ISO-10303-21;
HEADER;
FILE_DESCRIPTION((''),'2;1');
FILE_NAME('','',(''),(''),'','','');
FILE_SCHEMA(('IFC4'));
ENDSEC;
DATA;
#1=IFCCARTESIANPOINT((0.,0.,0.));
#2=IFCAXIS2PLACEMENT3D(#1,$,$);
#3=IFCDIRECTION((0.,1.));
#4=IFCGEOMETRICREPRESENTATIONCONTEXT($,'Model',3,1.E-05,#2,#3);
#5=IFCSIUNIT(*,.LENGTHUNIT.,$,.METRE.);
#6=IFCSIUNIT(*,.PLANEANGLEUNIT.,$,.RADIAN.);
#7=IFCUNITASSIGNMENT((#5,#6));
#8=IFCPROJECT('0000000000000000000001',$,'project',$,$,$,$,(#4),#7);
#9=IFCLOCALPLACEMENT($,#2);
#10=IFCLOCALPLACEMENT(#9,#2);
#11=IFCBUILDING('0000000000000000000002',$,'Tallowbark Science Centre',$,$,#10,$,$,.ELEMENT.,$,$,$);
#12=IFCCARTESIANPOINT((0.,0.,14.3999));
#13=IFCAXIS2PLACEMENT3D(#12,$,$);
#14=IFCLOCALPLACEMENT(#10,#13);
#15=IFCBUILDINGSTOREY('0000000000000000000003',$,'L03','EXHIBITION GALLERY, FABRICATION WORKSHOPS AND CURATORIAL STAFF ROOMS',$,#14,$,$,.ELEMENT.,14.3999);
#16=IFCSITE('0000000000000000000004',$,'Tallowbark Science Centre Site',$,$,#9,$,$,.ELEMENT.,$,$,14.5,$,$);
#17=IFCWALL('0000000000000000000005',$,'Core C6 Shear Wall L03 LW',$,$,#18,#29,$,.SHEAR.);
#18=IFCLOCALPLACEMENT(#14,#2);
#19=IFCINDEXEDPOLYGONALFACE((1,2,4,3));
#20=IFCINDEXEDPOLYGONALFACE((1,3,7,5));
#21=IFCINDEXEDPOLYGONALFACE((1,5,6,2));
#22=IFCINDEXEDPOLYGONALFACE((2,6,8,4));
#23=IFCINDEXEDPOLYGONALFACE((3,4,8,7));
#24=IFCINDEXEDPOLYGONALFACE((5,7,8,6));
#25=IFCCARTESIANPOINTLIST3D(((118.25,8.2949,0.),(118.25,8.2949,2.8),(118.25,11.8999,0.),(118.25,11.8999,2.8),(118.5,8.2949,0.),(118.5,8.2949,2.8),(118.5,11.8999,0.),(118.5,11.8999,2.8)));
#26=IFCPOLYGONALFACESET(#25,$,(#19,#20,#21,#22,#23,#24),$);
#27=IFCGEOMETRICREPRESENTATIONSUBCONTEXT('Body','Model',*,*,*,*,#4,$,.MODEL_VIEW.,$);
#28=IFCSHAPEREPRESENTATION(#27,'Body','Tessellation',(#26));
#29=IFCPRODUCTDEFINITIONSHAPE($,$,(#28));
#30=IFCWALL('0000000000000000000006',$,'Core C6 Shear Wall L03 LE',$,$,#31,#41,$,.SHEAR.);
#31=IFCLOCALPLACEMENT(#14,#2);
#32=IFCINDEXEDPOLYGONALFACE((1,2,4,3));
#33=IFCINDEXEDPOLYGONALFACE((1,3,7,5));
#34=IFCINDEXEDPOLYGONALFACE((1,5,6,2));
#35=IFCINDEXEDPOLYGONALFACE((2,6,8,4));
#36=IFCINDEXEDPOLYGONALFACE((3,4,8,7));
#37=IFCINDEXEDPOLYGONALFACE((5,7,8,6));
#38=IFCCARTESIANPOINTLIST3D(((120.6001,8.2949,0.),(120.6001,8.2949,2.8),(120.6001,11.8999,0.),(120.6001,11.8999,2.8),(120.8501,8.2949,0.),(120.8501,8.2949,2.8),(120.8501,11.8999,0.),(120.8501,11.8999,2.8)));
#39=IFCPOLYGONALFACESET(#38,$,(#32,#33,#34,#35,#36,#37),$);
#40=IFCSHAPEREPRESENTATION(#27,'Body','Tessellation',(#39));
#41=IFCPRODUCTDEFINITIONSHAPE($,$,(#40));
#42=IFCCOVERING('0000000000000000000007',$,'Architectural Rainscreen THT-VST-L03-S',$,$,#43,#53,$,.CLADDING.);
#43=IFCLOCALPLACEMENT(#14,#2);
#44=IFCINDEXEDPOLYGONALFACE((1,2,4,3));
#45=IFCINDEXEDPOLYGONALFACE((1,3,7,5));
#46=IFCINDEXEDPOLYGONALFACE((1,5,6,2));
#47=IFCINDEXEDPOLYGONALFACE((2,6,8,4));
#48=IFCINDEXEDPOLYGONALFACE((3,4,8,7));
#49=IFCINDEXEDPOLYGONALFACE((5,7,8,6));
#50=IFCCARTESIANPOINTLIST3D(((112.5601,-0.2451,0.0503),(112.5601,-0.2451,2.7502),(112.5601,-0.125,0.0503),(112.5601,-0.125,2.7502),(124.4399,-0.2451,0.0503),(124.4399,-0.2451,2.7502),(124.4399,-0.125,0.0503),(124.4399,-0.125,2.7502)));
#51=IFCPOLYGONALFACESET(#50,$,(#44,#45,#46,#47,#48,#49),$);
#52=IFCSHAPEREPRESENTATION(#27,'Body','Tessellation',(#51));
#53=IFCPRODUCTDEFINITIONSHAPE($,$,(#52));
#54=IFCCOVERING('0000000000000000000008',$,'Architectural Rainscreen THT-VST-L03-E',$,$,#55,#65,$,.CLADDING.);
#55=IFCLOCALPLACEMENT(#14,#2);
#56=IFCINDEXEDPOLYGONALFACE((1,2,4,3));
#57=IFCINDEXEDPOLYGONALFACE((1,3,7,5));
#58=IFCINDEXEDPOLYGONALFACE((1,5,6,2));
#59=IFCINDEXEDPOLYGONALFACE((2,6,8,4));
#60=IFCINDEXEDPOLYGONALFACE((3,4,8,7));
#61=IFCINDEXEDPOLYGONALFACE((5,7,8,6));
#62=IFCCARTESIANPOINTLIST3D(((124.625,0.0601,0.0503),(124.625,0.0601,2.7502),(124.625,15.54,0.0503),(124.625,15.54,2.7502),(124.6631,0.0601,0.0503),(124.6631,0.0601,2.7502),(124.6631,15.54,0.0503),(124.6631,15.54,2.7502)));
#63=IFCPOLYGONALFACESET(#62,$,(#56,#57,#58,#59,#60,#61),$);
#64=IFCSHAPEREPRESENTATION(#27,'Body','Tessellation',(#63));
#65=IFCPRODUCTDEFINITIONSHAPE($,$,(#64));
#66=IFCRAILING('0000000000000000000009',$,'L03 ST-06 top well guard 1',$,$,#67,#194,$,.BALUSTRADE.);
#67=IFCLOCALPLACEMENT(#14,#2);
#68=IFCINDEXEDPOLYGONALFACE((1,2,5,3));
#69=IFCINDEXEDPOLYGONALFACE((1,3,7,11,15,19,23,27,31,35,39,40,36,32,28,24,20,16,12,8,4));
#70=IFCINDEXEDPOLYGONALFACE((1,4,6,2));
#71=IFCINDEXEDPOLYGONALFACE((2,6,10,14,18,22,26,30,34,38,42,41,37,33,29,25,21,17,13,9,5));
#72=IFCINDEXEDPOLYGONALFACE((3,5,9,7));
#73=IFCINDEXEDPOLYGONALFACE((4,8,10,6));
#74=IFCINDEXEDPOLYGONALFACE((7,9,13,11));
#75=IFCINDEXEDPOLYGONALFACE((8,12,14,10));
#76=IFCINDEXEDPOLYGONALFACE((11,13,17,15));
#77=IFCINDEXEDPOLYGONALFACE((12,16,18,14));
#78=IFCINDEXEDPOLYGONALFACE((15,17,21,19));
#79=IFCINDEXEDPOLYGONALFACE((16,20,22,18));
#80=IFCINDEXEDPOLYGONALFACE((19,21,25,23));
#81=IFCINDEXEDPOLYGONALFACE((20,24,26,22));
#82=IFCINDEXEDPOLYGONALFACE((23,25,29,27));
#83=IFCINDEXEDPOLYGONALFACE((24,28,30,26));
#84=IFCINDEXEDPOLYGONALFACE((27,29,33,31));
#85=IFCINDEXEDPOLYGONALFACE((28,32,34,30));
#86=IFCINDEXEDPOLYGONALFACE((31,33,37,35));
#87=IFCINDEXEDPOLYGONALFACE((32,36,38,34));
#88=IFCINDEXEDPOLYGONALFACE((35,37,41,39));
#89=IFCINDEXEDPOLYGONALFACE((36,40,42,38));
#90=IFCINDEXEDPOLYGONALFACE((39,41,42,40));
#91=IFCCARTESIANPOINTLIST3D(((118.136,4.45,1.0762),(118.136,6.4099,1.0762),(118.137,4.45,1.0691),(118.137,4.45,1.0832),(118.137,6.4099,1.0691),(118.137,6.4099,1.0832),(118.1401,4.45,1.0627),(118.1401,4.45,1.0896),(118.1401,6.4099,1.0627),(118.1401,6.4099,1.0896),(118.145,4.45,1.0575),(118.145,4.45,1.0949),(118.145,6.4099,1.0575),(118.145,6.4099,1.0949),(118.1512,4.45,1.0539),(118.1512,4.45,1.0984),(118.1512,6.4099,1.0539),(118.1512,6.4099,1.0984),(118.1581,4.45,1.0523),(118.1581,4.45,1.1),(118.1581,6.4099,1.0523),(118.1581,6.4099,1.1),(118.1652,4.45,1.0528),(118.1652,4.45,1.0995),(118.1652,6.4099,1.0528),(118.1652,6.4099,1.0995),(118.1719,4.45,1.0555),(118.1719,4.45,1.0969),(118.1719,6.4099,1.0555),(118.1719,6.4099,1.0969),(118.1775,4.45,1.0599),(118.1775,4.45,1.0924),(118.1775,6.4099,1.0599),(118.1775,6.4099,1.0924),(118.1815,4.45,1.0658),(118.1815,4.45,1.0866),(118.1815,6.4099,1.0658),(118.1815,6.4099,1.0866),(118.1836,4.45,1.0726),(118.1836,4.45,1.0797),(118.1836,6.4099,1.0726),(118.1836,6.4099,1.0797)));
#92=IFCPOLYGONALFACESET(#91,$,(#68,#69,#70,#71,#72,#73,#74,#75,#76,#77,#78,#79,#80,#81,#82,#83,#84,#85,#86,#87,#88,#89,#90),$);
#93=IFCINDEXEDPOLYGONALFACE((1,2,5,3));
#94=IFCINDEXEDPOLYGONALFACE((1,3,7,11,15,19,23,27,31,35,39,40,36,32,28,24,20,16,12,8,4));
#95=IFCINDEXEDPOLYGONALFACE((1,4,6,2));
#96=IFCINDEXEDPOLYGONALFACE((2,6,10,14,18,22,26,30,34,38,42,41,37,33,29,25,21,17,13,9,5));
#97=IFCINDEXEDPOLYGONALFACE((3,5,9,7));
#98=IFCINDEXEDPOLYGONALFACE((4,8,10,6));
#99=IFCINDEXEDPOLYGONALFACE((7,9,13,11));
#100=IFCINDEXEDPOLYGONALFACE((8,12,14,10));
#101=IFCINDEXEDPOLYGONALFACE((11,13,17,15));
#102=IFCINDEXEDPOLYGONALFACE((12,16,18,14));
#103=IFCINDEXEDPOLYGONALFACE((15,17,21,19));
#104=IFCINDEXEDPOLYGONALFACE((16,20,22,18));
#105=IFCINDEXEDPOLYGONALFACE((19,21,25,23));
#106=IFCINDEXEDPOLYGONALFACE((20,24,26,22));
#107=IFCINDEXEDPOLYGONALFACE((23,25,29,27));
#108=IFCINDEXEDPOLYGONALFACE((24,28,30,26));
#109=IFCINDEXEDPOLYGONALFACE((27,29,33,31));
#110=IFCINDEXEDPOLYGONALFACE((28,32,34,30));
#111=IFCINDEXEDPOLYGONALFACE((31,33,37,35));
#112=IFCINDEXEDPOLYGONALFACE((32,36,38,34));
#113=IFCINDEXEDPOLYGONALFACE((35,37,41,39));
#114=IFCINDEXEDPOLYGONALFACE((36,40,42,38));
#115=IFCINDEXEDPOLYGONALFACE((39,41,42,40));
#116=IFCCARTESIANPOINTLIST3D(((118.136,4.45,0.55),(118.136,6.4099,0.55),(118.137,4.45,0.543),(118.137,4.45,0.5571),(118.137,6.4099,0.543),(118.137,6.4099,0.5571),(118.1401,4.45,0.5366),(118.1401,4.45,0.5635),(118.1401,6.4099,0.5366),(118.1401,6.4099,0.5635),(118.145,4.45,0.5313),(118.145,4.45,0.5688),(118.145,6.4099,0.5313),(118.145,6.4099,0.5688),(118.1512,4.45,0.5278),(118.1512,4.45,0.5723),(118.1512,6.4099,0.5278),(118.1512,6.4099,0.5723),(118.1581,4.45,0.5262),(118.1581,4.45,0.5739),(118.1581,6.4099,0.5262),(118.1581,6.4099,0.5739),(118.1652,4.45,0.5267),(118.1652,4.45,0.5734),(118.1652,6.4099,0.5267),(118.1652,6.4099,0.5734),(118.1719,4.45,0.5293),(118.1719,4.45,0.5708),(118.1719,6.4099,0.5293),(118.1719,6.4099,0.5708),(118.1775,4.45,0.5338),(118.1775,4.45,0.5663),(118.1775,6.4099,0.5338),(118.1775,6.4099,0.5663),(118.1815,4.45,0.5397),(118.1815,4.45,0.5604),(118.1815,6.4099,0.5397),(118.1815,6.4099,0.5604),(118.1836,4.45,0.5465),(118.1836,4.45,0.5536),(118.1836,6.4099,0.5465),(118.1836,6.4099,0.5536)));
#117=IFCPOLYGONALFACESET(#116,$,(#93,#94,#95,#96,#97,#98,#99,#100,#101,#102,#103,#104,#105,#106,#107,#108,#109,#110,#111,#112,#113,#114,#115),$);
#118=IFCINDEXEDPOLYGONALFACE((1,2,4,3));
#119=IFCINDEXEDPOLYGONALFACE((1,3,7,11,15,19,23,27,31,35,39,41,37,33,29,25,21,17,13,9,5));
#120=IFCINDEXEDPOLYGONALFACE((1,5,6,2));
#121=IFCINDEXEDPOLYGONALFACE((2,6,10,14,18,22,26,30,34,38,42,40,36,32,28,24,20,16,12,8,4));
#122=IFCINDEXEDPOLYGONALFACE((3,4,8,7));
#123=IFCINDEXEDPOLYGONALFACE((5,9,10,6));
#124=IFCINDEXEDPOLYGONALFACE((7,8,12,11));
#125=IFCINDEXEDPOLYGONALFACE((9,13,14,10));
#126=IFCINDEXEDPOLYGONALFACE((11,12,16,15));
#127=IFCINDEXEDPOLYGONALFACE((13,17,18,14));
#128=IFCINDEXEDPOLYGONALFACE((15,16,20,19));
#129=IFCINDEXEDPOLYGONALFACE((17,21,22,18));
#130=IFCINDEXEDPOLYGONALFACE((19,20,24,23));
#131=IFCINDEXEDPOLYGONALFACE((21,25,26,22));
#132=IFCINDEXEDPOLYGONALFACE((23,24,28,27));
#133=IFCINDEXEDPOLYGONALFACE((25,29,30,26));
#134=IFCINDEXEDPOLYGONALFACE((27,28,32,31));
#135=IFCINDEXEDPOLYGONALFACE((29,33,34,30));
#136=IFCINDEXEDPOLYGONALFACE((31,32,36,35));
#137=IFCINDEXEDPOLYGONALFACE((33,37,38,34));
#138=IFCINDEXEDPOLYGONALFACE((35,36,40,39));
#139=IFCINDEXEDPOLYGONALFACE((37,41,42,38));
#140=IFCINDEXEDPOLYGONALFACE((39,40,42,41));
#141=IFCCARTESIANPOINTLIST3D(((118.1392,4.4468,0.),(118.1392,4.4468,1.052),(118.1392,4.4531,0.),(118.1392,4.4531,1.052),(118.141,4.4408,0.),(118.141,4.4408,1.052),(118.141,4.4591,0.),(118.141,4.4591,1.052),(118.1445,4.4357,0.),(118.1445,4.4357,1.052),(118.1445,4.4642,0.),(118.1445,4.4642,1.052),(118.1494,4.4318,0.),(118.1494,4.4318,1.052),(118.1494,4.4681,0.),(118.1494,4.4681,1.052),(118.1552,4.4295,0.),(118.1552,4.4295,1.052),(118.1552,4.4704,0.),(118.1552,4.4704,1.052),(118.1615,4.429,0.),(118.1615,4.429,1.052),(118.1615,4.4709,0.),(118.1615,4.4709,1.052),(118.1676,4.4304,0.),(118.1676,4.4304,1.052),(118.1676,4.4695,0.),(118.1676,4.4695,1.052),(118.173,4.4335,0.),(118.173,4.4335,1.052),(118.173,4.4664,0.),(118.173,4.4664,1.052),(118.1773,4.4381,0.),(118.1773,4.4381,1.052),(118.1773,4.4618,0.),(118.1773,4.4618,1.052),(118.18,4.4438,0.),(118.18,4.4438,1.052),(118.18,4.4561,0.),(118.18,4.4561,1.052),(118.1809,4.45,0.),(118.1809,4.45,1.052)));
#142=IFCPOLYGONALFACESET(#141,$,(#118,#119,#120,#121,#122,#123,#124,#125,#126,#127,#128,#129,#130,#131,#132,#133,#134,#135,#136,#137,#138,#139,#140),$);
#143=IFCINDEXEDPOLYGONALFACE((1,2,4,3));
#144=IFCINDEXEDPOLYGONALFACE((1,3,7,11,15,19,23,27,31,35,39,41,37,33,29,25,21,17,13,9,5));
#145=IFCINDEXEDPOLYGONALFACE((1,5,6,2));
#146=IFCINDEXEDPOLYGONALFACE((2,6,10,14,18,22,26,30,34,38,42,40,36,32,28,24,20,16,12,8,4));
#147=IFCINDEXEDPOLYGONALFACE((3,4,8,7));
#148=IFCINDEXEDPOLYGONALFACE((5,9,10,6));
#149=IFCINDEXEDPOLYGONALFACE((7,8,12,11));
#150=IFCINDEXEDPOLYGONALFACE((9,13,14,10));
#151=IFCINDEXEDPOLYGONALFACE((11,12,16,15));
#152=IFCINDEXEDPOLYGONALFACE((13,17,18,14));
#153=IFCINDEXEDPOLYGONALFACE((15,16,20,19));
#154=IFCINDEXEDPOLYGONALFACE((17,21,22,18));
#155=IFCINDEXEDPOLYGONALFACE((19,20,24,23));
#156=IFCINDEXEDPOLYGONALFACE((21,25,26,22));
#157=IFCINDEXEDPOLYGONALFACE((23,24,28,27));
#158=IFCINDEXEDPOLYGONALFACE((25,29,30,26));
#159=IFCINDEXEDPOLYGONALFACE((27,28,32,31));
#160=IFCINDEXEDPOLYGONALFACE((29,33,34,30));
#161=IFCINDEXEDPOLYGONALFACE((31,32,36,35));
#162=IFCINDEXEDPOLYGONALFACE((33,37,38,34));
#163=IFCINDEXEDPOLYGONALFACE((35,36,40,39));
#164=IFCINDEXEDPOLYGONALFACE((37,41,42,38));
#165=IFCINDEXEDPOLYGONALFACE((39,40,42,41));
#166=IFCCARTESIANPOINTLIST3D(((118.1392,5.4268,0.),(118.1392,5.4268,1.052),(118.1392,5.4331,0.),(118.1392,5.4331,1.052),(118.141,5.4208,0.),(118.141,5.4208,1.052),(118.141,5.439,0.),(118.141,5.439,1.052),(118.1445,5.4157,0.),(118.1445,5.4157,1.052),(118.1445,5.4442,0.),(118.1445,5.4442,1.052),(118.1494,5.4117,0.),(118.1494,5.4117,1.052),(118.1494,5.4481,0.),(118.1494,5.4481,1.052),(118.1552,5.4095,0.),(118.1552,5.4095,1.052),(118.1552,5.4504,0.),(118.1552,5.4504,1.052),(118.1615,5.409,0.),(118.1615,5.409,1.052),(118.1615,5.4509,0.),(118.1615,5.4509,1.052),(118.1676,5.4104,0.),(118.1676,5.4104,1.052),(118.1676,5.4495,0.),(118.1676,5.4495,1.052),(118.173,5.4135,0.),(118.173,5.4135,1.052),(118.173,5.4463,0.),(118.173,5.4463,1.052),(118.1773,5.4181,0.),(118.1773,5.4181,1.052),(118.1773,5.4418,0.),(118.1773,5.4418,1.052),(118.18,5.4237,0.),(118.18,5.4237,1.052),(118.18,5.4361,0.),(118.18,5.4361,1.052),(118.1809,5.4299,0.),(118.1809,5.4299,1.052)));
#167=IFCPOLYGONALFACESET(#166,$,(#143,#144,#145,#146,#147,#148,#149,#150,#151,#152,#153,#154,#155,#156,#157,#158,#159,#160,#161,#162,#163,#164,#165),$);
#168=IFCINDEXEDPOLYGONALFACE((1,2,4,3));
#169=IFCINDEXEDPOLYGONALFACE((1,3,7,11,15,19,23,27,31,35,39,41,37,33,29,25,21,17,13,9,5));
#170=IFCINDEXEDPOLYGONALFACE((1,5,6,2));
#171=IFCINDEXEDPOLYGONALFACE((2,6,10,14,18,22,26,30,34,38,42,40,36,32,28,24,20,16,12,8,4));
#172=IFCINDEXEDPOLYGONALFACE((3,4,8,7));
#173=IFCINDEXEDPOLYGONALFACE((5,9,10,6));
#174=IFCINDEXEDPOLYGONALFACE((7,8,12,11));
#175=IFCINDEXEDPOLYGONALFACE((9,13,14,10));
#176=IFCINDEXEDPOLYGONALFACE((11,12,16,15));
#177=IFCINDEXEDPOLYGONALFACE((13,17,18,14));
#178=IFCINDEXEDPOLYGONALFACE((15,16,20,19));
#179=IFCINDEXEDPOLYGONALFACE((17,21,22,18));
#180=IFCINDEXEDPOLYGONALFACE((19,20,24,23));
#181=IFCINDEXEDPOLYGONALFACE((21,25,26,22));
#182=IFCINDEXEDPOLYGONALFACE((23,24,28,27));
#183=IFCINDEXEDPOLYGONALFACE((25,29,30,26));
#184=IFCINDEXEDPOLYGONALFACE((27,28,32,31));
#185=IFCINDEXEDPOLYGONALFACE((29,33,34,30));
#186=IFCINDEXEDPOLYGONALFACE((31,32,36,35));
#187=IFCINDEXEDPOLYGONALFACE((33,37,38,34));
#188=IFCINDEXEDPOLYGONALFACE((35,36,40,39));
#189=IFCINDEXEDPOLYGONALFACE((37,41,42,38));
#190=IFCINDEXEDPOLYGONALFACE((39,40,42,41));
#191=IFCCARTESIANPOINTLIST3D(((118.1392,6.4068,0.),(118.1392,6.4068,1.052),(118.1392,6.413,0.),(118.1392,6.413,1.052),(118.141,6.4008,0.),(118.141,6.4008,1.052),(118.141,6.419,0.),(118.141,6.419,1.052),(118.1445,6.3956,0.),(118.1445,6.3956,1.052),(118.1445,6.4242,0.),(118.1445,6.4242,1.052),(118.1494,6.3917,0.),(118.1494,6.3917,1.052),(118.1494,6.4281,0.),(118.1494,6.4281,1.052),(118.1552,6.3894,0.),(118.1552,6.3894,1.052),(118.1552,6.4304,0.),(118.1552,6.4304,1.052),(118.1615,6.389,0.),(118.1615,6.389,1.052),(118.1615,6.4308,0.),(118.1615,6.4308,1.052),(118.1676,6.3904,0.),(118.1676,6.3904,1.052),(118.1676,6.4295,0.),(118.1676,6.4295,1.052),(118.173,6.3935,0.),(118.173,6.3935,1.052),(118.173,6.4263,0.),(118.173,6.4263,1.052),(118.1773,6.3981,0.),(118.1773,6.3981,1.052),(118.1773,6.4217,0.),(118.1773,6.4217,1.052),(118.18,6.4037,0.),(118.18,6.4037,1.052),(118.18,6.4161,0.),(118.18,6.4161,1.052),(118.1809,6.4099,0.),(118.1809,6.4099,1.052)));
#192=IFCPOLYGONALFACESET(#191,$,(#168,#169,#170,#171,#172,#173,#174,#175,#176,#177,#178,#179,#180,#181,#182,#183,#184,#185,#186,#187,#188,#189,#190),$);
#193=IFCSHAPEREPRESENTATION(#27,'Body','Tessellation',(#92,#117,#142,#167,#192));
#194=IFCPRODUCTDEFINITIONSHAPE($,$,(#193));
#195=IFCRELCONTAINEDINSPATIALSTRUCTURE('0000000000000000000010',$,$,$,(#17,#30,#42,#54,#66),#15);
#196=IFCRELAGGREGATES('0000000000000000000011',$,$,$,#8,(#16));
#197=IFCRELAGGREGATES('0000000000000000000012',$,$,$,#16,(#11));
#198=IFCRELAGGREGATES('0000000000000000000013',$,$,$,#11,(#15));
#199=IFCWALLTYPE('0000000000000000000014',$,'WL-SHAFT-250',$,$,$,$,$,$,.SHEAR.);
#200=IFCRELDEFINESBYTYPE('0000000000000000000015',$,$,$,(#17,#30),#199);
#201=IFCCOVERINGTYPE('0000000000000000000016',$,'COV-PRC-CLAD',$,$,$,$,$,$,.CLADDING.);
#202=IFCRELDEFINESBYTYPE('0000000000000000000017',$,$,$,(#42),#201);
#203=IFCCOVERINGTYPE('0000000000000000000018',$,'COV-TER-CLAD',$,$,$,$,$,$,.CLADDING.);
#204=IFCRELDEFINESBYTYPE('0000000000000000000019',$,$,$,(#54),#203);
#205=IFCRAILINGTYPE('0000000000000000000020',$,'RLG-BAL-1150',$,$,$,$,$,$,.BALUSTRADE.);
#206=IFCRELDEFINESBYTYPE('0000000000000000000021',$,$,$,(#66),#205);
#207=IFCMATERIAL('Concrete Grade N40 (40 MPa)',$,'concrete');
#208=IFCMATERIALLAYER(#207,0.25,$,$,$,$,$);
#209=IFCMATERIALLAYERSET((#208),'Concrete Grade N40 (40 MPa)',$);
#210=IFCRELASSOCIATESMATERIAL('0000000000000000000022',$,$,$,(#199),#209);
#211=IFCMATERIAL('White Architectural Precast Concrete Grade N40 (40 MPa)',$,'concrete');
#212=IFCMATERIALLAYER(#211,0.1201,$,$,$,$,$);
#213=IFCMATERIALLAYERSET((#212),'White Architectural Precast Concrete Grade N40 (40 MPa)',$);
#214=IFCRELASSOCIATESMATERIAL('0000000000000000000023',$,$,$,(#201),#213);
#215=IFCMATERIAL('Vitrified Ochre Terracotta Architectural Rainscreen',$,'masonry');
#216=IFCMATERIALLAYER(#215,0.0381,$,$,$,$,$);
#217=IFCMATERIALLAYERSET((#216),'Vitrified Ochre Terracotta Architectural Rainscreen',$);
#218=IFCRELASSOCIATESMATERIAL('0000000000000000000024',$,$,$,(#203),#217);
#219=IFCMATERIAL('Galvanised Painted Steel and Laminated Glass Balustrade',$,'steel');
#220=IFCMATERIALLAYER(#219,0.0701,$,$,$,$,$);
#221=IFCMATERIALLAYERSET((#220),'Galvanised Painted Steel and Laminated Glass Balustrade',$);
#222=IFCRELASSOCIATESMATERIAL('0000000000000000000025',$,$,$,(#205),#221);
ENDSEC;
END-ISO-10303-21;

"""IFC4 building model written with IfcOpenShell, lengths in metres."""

from ifc_helpers import new_model, si_unit, direction, frame, frame_2d, origin, origin_2d, place, context, subcontext, project, spatial, rectangle, circle, extrude, material, layer, layer_set, type_object, element, save


model = new_model("IFC4")

# Units and contexts
model_context = context("Model", 3, precision=1e-05, world=origin(), true_north=direction((0.0, 1.0)))
body_context = subcontext(model_context, "Body", "Model", "MODEL_VIEW")
ifc_project = project(units=[si_unit("LENGTHUNIT", "METRE"), si_unit("PLANEANGLEUNIT", "RADIAN")], contexts=[model_context])

# Site, building, storey
site_placement = place(None, origin())
site = spatial("IfcSite", under=ifc_project, at=site_placement, Name="Tallowbark Science Centre Site", CompositionType="ELEMENT", RefElevation=14.5)
building_placement = place(site_placement, origin())
building = spatial("IfcBuilding", under=site, at=building_placement, Name="Tallowbark Science Centre", CompositionType="ELEMENT")
storey_placement = place(building_placement, frame((0.0, 0.0, 14.3999)))
storey = spatial("IfcBuildingStorey", under=building, at=storey_placement, Name="L03", Description="EXHIBITION GALLERY, FABRICATION WORKSHOPS AND CURATORIAL STAFF ROOMS", CompositionType="ELEMENT", Elevation=14.3999)

# Shared definitions
ifc_material_1 = material(Name="Concrete Grade N40 (40 MPa)", Category="concrete")

# Walls
ifc_layer_1 = layer(ifc_material_1, 0.25)
ifc_layer_set_1 = layer_set([ifc_layer_1], Name="Concrete Grade N40 (40 MPa)")
wall_type_1 = type_object("IfcWallType", Name="WL-SHAFT-250", PredefinedType="SHEAR", material=ifc_layer_set_1)
for number, where, z_axis, x_axis, name in (
    (1, (118.375, 8.2949, 0.0), (0.0, 0.0, 1.0), (0.0, 1.0, 0.0), "Core C6 Shear Wall L03 LW"),
    (2, (120.7251, 8.2949, 0.0), (0.0, 0.0, 1.0), (0.0, 1.0, 0.0), "Core C6 Shear Wall L03 LE"),
):
    element("IfcWall", number, at=place(storey_placement, frame(where, z_axis=z_axis, x_axis=x_axis)), inside=storey, type_object=wall_type_1, Name=name, PredefinedType="SHEAR", context=body_context, shape_type="SweptSolid", body=[
        extrude(rectangle(XDim=3.605, YDim=0.25, at=frame_2d((1.8025, 0.0))), origin(), (0.0, 0.0, 1.0), 2.8),
    ])

# Coverings
ifc_material_2 = material(Name="White Architectural Precast Concrete Grade N40 (40 MPa)", Category="concrete")
ifc_layer_2 = layer(ifc_material_2, 0.1201)
ifc_layer_set_2 = layer_set([ifc_layer_2], Name="White Architectural Precast Concrete Grade N40 (40 MPa)")
covering_type_1 = type_object("IfcCoveringType", Name="COV-PRC-CLAD", PredefinedType="CLADDING", material=ifc_layer_set_2)
covering_1_placement = place(storey_placement, frame((118.5, -0.1851, 0.0503), z_axis=(0.0, 0.0, 1.0), x_axis=(1.0, 0.0, 0.0)))
element("IfcCovering", 3, at=covering_1_placement, inside=storey, type_object=covering_type_1, Name="Architectural Rainscreen THT-VST-L03-S", PredefinedType="CLADDING", context=body_context, shape_type="SweptSolid", body=[
    extrude(rectangle(XDim=11.8799, YDim=0.1201, at=origin_2d()), origin(), (0.0, 0.0, 1.0), 2.7),
])
ifc_material_3 = material(Name="Vitrified Ochre Terracotta Architectural Rainscreen", Category="masonry")
ifc_layer_3 = layer(ifc_material_3, 0.0381)
ifc_layer_set_3 = layer_set([ifc_layer_3], Name="Vitrified Ochre Terracotta Architectural Rainscreen")
covering_type_2 = type_object("IfcCoveringType", Name="COV-TER-CLAD", PredefinedType="CLADDING", material=ifc_layer_set_3)
covering_2_placement = place(storey_placement, frame((124.644, 7.8, 0.0503), z_axis=(0.0, 0.0, 1.0), x_axis=(0.0, 1.0, 0.0)))
element("IfcCovering", 4, at=covering_2_placement, inside=storey, type_object=covering_type_2, Name="Architectural Rainscreen THT-VST-L03-E", PredefinedType="CLADDING", context=body_context, shape_type="SweptSolid", body=[
    extrude(rectangle(XDim=15.48, YDim=0.0381, at=origin_2d()), origin(), (0.0, 0.0, 1.0), 2.7),
])

# Railing
ifc_material_4 = material(Name="Galvanised Painted Steel and Laminated Glass Balustrade", Category="steel")
ifc_layer_4 = layer(ifc_material_4, 0.0701)
ifc_layer_set_4 = layer_set([ifc_layer_4], Name="Galvanised Painted Steel and Laminated Glass Balustrade")
railing_type_1 = type_object("IfcRailingType", Name="RLG-BAL-1150", PredefinedType="BALUSTRADE", material=ifc_layer_set_4)
railing_1_placement = place(storey_placement, frame((118.1599, 4.45, 0.0)))
element("IfcRailing", 5, at=railing_1_placement, inside=storey, type_object=railing_type_1, Name="L03 ST-06 top well guard 1", PredefinedType="BALUSTRADE", context=body_context, shape_type="SweptSolid", body=[
    extrude(circle(Radius=0.0239, at=origin_2d()), frame((0.0, 0.0, 1.0762), z_axis=(0.0, 1.0, 0.0), x_axis=(-1.0, 0.0, 0.0)), (0.0, 0.0, 1.0), 1.96),
    extrude(circle(Radius=0.0239, at=origin_2d()), frame((0.0, 0.0, 0.55), z_axis=(0.0, 1.0, 0.0), x_axis=(-1.0, 0.0, 0.0)), (0.0, 0.0, 1.0), 1.96),
    extrude(circle(Radius=0.021, at=origin_2d()), origin(), (0.0, 0.0, 1.0), 1.052),
    extrude(circle(Radius=0.021, at=origin_2d()), frame((0.0, 0.98, 0.0)), (0.0, 0.0, 1.0), 1.052),
    extrude(circle(Radius=0.021, at=origin_2d()), frame((0.0, 1.96, 0.0)), (0.0, 0.0, 1.0), 1.052),
])

save(model, "model.ifc")
